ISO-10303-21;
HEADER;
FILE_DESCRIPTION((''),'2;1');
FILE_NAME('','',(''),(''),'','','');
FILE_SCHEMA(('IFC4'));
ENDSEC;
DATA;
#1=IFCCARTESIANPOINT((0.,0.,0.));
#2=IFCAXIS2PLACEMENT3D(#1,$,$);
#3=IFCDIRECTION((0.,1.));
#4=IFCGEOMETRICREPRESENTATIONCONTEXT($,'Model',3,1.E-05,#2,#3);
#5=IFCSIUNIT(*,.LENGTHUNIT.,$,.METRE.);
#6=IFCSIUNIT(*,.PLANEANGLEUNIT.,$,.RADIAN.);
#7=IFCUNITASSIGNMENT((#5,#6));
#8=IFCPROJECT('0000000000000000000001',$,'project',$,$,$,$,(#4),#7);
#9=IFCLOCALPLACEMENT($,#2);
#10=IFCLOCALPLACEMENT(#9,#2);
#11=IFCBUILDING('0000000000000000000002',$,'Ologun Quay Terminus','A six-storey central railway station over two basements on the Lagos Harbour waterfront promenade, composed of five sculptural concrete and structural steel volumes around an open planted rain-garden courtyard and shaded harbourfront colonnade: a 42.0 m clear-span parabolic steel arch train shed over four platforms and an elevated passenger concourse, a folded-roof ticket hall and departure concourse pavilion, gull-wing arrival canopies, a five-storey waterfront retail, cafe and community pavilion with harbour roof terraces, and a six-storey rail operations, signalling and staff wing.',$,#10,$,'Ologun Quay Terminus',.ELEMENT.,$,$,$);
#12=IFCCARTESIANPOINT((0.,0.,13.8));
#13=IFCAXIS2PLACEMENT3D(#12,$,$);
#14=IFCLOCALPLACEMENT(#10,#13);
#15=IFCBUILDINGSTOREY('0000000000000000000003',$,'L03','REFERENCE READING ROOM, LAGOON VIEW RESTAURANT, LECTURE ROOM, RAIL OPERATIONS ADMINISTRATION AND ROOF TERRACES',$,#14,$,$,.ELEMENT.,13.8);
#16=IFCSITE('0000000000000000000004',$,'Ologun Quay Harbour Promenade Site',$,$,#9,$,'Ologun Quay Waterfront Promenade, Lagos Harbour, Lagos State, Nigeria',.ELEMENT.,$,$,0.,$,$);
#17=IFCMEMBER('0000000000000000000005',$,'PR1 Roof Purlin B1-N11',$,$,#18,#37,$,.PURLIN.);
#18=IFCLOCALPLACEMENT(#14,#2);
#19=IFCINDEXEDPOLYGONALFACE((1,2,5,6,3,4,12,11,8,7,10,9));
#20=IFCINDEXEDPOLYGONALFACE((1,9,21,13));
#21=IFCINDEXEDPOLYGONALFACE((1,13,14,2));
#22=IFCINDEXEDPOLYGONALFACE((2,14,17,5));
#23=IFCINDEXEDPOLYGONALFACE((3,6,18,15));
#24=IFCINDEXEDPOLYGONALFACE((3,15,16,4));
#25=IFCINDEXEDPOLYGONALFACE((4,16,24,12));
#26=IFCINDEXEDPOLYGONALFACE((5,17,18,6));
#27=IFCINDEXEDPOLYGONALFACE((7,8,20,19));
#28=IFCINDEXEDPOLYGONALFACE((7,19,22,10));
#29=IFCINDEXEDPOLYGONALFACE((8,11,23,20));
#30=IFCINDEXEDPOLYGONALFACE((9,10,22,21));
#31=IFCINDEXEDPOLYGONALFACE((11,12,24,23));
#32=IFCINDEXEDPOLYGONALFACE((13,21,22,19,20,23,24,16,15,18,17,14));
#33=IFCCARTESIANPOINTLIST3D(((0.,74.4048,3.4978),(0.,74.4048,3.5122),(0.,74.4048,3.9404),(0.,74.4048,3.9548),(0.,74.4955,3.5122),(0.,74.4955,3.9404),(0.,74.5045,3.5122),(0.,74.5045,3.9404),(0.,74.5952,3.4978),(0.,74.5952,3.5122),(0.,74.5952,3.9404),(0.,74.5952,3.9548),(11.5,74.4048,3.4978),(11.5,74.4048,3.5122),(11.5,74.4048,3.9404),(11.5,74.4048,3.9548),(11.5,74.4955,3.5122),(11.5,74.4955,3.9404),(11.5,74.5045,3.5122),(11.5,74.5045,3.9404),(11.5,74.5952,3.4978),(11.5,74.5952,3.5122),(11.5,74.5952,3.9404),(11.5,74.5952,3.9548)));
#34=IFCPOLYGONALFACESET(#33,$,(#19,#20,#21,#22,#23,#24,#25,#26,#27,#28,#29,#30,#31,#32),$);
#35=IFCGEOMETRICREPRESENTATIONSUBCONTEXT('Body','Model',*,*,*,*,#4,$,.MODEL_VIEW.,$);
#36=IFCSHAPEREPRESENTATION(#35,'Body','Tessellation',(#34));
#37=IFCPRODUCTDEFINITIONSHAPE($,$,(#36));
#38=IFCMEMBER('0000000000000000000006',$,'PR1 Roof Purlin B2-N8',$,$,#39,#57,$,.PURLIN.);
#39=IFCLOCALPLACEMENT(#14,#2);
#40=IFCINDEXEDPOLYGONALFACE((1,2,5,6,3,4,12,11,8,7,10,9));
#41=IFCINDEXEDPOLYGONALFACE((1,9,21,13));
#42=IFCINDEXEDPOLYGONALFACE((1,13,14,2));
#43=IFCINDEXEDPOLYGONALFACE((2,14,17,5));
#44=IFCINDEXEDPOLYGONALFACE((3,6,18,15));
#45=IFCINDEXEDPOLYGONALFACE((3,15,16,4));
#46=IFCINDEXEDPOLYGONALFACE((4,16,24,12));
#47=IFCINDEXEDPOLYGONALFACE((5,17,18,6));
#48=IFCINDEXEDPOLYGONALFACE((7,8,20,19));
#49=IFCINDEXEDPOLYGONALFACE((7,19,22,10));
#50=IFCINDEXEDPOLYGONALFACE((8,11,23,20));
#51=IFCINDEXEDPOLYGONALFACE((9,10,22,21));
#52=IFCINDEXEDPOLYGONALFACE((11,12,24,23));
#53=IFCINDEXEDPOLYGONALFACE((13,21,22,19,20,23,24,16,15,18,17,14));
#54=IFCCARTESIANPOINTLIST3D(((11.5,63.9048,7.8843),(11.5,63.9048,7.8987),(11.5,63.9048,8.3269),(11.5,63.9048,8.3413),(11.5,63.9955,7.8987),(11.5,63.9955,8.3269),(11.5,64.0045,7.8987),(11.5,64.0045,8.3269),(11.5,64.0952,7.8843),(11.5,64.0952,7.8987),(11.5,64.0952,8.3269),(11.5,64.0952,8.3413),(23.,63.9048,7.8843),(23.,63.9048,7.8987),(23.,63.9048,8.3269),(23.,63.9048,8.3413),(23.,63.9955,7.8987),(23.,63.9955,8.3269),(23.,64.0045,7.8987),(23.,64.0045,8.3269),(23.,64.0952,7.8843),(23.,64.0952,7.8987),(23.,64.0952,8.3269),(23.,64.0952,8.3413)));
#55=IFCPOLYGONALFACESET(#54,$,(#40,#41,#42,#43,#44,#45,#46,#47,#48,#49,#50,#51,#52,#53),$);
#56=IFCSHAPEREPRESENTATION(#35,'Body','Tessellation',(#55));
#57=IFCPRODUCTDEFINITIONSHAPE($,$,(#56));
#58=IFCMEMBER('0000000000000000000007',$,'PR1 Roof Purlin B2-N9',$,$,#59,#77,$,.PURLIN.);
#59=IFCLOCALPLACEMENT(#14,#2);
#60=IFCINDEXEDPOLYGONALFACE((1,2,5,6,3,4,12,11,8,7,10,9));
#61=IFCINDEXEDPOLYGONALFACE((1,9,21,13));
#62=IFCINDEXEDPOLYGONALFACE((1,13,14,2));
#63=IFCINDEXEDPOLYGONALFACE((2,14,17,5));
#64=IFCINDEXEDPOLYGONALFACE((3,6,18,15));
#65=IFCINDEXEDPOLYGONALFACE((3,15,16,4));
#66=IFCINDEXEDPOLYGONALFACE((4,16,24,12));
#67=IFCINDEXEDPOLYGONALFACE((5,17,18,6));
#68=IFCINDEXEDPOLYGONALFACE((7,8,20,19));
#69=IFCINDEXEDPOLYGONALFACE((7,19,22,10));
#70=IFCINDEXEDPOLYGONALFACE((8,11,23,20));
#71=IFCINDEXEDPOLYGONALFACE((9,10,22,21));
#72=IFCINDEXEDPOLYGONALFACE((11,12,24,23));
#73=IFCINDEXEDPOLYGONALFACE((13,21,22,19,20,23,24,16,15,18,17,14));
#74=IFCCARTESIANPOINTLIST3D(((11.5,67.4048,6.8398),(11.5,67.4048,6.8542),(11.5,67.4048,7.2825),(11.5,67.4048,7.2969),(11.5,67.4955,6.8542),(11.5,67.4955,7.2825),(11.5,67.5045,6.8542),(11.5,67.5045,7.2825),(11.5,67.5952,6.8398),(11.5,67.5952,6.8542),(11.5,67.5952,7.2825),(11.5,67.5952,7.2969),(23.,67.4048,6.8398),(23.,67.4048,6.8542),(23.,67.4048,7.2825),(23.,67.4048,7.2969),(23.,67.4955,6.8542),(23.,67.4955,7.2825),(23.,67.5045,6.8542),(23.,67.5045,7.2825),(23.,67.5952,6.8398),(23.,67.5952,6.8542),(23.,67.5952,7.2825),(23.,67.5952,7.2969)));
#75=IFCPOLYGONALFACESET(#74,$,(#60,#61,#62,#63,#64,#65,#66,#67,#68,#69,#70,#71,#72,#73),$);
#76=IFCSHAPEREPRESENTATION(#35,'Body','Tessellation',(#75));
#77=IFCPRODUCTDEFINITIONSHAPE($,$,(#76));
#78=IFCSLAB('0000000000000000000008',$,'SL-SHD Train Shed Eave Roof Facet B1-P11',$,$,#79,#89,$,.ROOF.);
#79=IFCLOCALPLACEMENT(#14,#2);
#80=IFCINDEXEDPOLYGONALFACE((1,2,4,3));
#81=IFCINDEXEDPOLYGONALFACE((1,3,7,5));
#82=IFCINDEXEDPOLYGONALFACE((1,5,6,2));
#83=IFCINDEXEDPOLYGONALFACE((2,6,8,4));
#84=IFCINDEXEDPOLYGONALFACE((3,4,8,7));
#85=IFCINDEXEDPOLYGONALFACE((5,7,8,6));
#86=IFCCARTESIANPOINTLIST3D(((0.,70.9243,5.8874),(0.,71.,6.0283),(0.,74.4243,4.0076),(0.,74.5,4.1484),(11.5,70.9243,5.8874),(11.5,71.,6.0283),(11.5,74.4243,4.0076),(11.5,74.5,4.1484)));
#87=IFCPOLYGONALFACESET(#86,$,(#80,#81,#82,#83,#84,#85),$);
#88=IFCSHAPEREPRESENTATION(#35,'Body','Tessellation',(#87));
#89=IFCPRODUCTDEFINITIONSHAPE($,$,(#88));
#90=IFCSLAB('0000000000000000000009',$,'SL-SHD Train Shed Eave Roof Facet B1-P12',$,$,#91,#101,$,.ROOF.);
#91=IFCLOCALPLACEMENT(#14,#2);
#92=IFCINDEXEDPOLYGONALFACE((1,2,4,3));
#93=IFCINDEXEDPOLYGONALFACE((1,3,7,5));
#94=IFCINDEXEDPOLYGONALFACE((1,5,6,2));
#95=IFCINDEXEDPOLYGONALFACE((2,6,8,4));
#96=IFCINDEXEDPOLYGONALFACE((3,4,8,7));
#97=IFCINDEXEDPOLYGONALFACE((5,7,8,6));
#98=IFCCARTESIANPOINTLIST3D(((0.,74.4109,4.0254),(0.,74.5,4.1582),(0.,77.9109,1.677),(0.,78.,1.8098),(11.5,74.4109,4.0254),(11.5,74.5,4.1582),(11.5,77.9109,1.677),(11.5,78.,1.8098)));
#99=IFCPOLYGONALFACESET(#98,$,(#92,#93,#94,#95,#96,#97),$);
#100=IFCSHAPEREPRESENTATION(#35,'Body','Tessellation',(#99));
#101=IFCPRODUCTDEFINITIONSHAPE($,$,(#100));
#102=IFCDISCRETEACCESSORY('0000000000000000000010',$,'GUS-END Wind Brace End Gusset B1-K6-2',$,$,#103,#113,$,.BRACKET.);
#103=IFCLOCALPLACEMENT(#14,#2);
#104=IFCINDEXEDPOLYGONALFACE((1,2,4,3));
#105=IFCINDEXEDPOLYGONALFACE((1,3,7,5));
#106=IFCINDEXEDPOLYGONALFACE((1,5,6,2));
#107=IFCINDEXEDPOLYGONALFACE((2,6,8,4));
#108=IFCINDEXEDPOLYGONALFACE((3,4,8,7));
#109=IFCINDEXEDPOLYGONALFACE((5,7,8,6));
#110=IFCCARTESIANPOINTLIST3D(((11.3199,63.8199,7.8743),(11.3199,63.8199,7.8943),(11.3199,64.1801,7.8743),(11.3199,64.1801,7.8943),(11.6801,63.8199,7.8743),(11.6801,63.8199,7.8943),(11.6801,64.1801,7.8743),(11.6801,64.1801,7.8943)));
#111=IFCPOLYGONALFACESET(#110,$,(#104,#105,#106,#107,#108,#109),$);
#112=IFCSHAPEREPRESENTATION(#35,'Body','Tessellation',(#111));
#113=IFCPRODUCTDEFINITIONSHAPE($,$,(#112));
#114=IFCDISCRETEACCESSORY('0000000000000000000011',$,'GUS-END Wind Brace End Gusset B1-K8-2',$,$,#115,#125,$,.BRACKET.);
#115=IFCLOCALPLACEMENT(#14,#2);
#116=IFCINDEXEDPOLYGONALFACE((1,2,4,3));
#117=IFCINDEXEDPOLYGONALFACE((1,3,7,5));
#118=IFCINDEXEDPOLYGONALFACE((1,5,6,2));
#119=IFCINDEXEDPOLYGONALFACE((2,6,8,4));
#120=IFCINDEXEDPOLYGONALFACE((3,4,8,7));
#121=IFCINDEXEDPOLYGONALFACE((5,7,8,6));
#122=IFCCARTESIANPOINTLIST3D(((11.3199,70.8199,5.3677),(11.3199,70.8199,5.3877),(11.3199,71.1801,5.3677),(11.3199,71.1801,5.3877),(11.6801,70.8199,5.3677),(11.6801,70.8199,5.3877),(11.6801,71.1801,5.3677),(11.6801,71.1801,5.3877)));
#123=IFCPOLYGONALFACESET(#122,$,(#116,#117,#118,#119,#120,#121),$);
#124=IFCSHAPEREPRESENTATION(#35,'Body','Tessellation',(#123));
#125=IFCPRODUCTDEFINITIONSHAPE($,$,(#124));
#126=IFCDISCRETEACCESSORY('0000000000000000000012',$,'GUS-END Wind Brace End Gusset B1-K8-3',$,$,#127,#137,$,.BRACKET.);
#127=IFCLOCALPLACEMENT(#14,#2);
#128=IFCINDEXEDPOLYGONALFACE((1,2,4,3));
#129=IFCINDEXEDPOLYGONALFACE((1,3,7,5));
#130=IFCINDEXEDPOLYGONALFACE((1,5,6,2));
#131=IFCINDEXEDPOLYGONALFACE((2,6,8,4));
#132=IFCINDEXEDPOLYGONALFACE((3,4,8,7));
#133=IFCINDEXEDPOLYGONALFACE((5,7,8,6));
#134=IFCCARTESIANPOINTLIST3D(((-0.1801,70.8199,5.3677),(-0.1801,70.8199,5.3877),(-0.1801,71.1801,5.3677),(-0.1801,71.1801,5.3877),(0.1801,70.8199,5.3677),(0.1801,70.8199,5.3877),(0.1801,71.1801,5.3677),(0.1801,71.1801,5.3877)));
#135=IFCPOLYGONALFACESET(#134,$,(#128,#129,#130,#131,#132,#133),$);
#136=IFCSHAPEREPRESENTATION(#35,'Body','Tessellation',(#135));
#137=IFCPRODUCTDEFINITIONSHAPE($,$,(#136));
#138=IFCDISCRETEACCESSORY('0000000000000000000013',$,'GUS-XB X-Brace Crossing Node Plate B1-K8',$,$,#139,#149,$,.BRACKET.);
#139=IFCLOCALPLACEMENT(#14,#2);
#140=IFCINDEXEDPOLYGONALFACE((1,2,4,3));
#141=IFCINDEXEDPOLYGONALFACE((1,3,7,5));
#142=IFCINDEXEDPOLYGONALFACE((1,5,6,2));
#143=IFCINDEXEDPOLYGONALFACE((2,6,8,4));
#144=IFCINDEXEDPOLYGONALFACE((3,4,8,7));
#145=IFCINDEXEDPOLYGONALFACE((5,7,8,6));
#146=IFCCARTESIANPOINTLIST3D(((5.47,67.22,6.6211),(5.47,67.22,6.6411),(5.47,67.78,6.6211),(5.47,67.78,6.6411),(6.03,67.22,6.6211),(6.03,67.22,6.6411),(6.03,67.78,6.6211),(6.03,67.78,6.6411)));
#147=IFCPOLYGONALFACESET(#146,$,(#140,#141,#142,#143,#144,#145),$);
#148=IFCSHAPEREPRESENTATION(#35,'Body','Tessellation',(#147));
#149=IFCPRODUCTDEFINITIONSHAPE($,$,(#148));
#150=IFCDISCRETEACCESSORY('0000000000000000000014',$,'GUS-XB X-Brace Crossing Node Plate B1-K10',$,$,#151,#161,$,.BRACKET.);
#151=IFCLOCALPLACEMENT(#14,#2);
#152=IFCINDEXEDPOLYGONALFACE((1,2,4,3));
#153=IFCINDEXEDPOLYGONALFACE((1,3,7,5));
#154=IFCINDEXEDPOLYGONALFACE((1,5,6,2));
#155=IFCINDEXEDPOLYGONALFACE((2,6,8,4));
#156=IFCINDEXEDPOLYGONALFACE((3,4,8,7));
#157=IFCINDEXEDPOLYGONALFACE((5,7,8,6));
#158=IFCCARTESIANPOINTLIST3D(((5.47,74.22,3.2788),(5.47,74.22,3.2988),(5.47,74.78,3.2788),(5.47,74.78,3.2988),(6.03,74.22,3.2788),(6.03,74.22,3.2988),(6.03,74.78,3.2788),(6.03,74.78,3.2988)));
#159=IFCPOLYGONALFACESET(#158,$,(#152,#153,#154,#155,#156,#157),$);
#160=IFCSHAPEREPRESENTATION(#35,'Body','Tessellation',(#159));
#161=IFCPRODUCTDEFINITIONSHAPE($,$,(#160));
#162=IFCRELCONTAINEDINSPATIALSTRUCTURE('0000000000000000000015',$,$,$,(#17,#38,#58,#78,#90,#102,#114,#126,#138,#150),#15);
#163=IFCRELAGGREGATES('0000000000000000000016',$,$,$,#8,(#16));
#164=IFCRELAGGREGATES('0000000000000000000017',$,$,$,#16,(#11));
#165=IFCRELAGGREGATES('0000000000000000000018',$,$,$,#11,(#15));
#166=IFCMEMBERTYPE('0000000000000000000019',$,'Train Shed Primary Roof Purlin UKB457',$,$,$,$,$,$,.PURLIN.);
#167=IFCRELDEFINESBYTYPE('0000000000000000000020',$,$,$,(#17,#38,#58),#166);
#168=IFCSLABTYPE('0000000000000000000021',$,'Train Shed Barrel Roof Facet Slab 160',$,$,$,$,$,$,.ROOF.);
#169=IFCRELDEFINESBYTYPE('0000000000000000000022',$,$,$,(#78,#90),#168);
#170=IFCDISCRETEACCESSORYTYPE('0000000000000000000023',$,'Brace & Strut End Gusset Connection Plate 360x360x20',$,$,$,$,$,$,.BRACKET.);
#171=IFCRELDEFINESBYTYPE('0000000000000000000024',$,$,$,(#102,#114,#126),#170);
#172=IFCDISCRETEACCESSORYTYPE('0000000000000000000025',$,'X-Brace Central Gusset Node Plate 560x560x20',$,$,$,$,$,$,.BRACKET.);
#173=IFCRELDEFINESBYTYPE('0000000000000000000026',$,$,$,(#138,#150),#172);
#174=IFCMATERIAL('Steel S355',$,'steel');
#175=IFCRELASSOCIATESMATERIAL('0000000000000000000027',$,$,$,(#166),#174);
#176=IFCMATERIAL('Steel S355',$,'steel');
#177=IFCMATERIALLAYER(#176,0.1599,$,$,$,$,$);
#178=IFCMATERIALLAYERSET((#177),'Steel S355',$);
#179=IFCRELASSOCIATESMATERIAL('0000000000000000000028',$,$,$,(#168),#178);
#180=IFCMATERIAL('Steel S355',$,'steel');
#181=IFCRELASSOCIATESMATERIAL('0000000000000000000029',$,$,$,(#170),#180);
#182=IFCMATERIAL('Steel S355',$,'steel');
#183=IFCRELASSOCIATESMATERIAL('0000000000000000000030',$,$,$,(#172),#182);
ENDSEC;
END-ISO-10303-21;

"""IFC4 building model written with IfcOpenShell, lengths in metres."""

from ifc_helpers import new_model, si_unit, direction, frame, origin, origin_2d, place, context, subcontext, project, spatial, polyline, rectangle, i_section, outline, extrude, material, layer, layer_set, material_profile, profile_set, type_object, element, save


model = new_model("IFC4")

# Units and contexts
model_context = context("Model", 3, precision=1e-05, world=origin(), true_north=direction((0.0, 1.0)))
body_context = subcontext(model_context, "Body", "Model", "MODEL_VIEW")
ifc_project = project(units=[si_unit("LENGTHUNIT", "METRE"), si_unit("PLANEANGLEUNIT", "RADIAN")], contexts=[model_context])

# Site, building, storey
site_placement = place(None, origin())
site = spatial("IfcSite", under=ifc_project, at=site_placement, Name="Ologun Quay Harbour Promenade Site", LongName="Ologun Quay Waterfront Promenade, Lagos Harbour, Lagos State, Nigeria", CompositionType="ELEMENT", RefElevation=0.0)
building_placement = place(site_placement, origin())
building = spatial("IfcBuilding", under=site, at=building_placement, Name="Ologun Quay Terminus", Description="A six-storey central railway station over two basements on the Lagos Harbour waterfront promenade, composed of five sculptural concrete and structural steel volumes around an open planted rain-garden courtyard and shaded harbourfront colonnade: a 42.0 m clear-span parabolic steel arch train shed over four platforms and an elevated passenger concourse, a folded-roof ticket hall and departure concourse pavilion, gull-wing arrival canopies, a five-storey waterfront retail, cafe and community pavilion with harbour roof terraces, and a six-storey rail operations, signalling and staff wing.", LongName="Ologun Quay Terminus", CompositionType="ELEMENT")
storey_placement = place(building_placement, frame((0.0, 0.0, 13.8)))
storey = spatial("IfcBuildingStorey", under=building, at=storey_placement, Name="L03", Description="REFERENCE READING ROOM, LAGOON VIEW RESTAURANT, LECTURE ROOM, RAIL OPERATIONS ADMINISTRATION AND ROOF TERRACES", CompositionType="ELEMENT", Elevation=13.8)

# Members
ifc_material_1 = material(Name="Steel S355", Category="steel")
ifc_material_profile_1 = material_profile(ifc_material_1, i_section(OverallWidth=0.1904, OverallDepth=0.457, WebThickness=0.009, FlangeThickness=0.0144, at=origin_2d()), Name="UKB 457x191x74")
ifc_profile_set_1 = profile_set([ifc_material_profile_1], Name="Steel S355")
member_type_1 = type_object("IfcMemberType", Name="Train Shed Primary Roof Purlin UKB457", PredefinedType="PURLIN", material=ifc_profile_set_1)
for number, where, z_axis, x_axis, name in (
    (1, (0.0, 74.5, 3.7263), (1.0, 0.0, 0.0), (0.0, 1.0, 0.0), "PR1 Roof Purlin B1-N11"),
    (2, (11.5, 64.0, 8.1128), (1.0, 0.0, 0.0), (0.0, 1.0, 0.0), "PR1 Roof Purlin B2-N8"),
    (3, (11.5, 67.5, 7.0684), (1.0, 0.0, 0.0), (0.0, 1.0, 0.0), "PR1 Roof Purlin B2-N9"),
):
    element("IfcMember", number, at=place(storey_placement, frame(where, z_axis=z_axis, x_axis=x_axis)), inside=storey, type_object=member_type_1, Name=name, PredefinedType="PURLIN", context=body_context, shape_type="SweptSolid", body=[
        extrude(i_section(OverallWidth=0.1904, OverallDepth=0.457, WebThickness=0.009, FlangeThickness=0.0144, at=origin_2d()), origin(), (0.0, 0.0, 1.0), 11.5),
    ])

# Slabs
ifc_material_2 = material(Name="Steel S355", Category="steel")
ifc_layer = layer(ifc_material_2, 0.1599)
ifc_layer_set = layer_set([ifc_layer], Name="Steel S355")
slab_type = type_object("IfcSlabType", Name="Train Shed Barrel Roof Facet Slab 160", PredefinedType="ROOF", material=ifc_layer_set)
slab_1_placement = place(storey_placement, frame((0.0, 71.0, 6.0283), z_axis=(0.0, 0.473176, 0.880968), x_axis=(1.0, 0.0, 0.0)))
element("IfcSlab", 4, at=slab_1_placement, inside=storey, type_object=slab_type, Name="SL-SHD Train Shed Eave Roof Facet B1-P11", PredefinedType="ROOF", context=body_context, shape_type="SweptSolid", body=[
    extrude(outline(polyline([(0.0, 0.0), (11.5, 0.0), (11.5, 3.9729), (0.0, 3.9729), (0.0, 0.0)])), origin(), (0.0, 0.0, -1.0), 0.1599),
])
slab_2_placement = place(storey_placement, frame((0.0, 74.5, 4.1582), z_axis=(0.0, 0.557171, 0.830398), x_axis=(1.0, 0.0, 0.0)))
element("IfcSlab", 5, at=slab_2_placement, inside=storey, type_object=slab_type, Name="SL-SHD Train Shed Eave Roof Facet B1-P12", PredefinedType="ROOF", context=body_context, shape_type="SweptSolid", body=[
    extrude(outline(polyline([(0.0, 0.0), (11.5, 0.0), (11.5, 4.2148), (0.0, 4.2148), (0.0, 0.0)])), origin(), (0.0, 0.0, -1.0), 0.1599),
])

# Discrete accessories
ifc_material_3 = material(Name="Steel S355", Category="steel")
discrete_accessory_type_1 = type_object("IfcDiscreteAccessoryType", Name="Brace & Strut End Gusset Connection Plate 360x360x20", PredefinedType="BRACKET", material=ifc_material_3)
for number, where, z_axis, x_axis, name in (
    (6, (11.5, 64.0, 7.8743), (0.0, 0.0, 1.0), (1.0, 0.0, 0.0), "GUS-END Wind Brace End Gusset B1-K6-2"),
    (7, (11.5, 71.0, 5.3677), (0.0, 0.0, 1.0), (1.0, 0.0, 0.0), "GUS-END Wind Brace End Gusset B1-K8-2"),
    (8, (0.0, 71.0, 5.3677), (0.0, 0.0, 1.0), (1.0, 0.0, 0.0), "GUS-END Wind Brace End Gusset B1-K8-3"),
):
    element("IfcDiscreteAccessory", number, at=place(storey_placement, frame(where, z_axis=z_axis, x_axis=x_axis)), inside=storey, type_object=discrete_accessory_type_1, Name=name, PredefinedType="BRACKET", context=body_context, shape_type="SweptSolid", body=[
        extrude(rectangle(XDim=0.3601, YDim=0.3601, at=origin_2d()), origin(), (0.0, 0.0, 1.0), 0.02),
    ])
ifc_material_4 = material(Name="Steel S355", Category="steel")
discrete_accessory_type_2 = type_object("IfcDiscreteAccessoryType", Name="X-Brace Central Gusset Node Plate 560x560x20", PredefinedType="BRACKET", material=ifc_material_4)
for number, where, z_axis, x_axis, name in (
    (9, (5.75, 67.5, 6.6211), (0.0, 0.0, 1.0), (1.0, 0.0, 0.0), "GUS-XB X-Brace Crossing Node Plate B1-K8"),
    (10, (5.75, 74.5, 3.2788), (0.0, 0.0, 1.0), (1.0, 0.0, 0.0), "GUS-XB X-Brace Crossing Node Plate B1-K10"),
):
    element("IfcDiscreteAccessory", number, at=place(storey_placement, frame(where, z_axis=z_axis, x_axis=x_axis)), inside=storey, type_object=discrete_accessory_type_2, Name=name, PredefinedType="BRACKET", context=body_context, shape_type="SweptSolid", body=[
        extrude(rectangle(XDim=0.5601, YDim=0.5601, at=origin_2d()), origin(), (0.0, 0.0, 1.0), 0.02),
    ])

save(model, "model.ifc")
